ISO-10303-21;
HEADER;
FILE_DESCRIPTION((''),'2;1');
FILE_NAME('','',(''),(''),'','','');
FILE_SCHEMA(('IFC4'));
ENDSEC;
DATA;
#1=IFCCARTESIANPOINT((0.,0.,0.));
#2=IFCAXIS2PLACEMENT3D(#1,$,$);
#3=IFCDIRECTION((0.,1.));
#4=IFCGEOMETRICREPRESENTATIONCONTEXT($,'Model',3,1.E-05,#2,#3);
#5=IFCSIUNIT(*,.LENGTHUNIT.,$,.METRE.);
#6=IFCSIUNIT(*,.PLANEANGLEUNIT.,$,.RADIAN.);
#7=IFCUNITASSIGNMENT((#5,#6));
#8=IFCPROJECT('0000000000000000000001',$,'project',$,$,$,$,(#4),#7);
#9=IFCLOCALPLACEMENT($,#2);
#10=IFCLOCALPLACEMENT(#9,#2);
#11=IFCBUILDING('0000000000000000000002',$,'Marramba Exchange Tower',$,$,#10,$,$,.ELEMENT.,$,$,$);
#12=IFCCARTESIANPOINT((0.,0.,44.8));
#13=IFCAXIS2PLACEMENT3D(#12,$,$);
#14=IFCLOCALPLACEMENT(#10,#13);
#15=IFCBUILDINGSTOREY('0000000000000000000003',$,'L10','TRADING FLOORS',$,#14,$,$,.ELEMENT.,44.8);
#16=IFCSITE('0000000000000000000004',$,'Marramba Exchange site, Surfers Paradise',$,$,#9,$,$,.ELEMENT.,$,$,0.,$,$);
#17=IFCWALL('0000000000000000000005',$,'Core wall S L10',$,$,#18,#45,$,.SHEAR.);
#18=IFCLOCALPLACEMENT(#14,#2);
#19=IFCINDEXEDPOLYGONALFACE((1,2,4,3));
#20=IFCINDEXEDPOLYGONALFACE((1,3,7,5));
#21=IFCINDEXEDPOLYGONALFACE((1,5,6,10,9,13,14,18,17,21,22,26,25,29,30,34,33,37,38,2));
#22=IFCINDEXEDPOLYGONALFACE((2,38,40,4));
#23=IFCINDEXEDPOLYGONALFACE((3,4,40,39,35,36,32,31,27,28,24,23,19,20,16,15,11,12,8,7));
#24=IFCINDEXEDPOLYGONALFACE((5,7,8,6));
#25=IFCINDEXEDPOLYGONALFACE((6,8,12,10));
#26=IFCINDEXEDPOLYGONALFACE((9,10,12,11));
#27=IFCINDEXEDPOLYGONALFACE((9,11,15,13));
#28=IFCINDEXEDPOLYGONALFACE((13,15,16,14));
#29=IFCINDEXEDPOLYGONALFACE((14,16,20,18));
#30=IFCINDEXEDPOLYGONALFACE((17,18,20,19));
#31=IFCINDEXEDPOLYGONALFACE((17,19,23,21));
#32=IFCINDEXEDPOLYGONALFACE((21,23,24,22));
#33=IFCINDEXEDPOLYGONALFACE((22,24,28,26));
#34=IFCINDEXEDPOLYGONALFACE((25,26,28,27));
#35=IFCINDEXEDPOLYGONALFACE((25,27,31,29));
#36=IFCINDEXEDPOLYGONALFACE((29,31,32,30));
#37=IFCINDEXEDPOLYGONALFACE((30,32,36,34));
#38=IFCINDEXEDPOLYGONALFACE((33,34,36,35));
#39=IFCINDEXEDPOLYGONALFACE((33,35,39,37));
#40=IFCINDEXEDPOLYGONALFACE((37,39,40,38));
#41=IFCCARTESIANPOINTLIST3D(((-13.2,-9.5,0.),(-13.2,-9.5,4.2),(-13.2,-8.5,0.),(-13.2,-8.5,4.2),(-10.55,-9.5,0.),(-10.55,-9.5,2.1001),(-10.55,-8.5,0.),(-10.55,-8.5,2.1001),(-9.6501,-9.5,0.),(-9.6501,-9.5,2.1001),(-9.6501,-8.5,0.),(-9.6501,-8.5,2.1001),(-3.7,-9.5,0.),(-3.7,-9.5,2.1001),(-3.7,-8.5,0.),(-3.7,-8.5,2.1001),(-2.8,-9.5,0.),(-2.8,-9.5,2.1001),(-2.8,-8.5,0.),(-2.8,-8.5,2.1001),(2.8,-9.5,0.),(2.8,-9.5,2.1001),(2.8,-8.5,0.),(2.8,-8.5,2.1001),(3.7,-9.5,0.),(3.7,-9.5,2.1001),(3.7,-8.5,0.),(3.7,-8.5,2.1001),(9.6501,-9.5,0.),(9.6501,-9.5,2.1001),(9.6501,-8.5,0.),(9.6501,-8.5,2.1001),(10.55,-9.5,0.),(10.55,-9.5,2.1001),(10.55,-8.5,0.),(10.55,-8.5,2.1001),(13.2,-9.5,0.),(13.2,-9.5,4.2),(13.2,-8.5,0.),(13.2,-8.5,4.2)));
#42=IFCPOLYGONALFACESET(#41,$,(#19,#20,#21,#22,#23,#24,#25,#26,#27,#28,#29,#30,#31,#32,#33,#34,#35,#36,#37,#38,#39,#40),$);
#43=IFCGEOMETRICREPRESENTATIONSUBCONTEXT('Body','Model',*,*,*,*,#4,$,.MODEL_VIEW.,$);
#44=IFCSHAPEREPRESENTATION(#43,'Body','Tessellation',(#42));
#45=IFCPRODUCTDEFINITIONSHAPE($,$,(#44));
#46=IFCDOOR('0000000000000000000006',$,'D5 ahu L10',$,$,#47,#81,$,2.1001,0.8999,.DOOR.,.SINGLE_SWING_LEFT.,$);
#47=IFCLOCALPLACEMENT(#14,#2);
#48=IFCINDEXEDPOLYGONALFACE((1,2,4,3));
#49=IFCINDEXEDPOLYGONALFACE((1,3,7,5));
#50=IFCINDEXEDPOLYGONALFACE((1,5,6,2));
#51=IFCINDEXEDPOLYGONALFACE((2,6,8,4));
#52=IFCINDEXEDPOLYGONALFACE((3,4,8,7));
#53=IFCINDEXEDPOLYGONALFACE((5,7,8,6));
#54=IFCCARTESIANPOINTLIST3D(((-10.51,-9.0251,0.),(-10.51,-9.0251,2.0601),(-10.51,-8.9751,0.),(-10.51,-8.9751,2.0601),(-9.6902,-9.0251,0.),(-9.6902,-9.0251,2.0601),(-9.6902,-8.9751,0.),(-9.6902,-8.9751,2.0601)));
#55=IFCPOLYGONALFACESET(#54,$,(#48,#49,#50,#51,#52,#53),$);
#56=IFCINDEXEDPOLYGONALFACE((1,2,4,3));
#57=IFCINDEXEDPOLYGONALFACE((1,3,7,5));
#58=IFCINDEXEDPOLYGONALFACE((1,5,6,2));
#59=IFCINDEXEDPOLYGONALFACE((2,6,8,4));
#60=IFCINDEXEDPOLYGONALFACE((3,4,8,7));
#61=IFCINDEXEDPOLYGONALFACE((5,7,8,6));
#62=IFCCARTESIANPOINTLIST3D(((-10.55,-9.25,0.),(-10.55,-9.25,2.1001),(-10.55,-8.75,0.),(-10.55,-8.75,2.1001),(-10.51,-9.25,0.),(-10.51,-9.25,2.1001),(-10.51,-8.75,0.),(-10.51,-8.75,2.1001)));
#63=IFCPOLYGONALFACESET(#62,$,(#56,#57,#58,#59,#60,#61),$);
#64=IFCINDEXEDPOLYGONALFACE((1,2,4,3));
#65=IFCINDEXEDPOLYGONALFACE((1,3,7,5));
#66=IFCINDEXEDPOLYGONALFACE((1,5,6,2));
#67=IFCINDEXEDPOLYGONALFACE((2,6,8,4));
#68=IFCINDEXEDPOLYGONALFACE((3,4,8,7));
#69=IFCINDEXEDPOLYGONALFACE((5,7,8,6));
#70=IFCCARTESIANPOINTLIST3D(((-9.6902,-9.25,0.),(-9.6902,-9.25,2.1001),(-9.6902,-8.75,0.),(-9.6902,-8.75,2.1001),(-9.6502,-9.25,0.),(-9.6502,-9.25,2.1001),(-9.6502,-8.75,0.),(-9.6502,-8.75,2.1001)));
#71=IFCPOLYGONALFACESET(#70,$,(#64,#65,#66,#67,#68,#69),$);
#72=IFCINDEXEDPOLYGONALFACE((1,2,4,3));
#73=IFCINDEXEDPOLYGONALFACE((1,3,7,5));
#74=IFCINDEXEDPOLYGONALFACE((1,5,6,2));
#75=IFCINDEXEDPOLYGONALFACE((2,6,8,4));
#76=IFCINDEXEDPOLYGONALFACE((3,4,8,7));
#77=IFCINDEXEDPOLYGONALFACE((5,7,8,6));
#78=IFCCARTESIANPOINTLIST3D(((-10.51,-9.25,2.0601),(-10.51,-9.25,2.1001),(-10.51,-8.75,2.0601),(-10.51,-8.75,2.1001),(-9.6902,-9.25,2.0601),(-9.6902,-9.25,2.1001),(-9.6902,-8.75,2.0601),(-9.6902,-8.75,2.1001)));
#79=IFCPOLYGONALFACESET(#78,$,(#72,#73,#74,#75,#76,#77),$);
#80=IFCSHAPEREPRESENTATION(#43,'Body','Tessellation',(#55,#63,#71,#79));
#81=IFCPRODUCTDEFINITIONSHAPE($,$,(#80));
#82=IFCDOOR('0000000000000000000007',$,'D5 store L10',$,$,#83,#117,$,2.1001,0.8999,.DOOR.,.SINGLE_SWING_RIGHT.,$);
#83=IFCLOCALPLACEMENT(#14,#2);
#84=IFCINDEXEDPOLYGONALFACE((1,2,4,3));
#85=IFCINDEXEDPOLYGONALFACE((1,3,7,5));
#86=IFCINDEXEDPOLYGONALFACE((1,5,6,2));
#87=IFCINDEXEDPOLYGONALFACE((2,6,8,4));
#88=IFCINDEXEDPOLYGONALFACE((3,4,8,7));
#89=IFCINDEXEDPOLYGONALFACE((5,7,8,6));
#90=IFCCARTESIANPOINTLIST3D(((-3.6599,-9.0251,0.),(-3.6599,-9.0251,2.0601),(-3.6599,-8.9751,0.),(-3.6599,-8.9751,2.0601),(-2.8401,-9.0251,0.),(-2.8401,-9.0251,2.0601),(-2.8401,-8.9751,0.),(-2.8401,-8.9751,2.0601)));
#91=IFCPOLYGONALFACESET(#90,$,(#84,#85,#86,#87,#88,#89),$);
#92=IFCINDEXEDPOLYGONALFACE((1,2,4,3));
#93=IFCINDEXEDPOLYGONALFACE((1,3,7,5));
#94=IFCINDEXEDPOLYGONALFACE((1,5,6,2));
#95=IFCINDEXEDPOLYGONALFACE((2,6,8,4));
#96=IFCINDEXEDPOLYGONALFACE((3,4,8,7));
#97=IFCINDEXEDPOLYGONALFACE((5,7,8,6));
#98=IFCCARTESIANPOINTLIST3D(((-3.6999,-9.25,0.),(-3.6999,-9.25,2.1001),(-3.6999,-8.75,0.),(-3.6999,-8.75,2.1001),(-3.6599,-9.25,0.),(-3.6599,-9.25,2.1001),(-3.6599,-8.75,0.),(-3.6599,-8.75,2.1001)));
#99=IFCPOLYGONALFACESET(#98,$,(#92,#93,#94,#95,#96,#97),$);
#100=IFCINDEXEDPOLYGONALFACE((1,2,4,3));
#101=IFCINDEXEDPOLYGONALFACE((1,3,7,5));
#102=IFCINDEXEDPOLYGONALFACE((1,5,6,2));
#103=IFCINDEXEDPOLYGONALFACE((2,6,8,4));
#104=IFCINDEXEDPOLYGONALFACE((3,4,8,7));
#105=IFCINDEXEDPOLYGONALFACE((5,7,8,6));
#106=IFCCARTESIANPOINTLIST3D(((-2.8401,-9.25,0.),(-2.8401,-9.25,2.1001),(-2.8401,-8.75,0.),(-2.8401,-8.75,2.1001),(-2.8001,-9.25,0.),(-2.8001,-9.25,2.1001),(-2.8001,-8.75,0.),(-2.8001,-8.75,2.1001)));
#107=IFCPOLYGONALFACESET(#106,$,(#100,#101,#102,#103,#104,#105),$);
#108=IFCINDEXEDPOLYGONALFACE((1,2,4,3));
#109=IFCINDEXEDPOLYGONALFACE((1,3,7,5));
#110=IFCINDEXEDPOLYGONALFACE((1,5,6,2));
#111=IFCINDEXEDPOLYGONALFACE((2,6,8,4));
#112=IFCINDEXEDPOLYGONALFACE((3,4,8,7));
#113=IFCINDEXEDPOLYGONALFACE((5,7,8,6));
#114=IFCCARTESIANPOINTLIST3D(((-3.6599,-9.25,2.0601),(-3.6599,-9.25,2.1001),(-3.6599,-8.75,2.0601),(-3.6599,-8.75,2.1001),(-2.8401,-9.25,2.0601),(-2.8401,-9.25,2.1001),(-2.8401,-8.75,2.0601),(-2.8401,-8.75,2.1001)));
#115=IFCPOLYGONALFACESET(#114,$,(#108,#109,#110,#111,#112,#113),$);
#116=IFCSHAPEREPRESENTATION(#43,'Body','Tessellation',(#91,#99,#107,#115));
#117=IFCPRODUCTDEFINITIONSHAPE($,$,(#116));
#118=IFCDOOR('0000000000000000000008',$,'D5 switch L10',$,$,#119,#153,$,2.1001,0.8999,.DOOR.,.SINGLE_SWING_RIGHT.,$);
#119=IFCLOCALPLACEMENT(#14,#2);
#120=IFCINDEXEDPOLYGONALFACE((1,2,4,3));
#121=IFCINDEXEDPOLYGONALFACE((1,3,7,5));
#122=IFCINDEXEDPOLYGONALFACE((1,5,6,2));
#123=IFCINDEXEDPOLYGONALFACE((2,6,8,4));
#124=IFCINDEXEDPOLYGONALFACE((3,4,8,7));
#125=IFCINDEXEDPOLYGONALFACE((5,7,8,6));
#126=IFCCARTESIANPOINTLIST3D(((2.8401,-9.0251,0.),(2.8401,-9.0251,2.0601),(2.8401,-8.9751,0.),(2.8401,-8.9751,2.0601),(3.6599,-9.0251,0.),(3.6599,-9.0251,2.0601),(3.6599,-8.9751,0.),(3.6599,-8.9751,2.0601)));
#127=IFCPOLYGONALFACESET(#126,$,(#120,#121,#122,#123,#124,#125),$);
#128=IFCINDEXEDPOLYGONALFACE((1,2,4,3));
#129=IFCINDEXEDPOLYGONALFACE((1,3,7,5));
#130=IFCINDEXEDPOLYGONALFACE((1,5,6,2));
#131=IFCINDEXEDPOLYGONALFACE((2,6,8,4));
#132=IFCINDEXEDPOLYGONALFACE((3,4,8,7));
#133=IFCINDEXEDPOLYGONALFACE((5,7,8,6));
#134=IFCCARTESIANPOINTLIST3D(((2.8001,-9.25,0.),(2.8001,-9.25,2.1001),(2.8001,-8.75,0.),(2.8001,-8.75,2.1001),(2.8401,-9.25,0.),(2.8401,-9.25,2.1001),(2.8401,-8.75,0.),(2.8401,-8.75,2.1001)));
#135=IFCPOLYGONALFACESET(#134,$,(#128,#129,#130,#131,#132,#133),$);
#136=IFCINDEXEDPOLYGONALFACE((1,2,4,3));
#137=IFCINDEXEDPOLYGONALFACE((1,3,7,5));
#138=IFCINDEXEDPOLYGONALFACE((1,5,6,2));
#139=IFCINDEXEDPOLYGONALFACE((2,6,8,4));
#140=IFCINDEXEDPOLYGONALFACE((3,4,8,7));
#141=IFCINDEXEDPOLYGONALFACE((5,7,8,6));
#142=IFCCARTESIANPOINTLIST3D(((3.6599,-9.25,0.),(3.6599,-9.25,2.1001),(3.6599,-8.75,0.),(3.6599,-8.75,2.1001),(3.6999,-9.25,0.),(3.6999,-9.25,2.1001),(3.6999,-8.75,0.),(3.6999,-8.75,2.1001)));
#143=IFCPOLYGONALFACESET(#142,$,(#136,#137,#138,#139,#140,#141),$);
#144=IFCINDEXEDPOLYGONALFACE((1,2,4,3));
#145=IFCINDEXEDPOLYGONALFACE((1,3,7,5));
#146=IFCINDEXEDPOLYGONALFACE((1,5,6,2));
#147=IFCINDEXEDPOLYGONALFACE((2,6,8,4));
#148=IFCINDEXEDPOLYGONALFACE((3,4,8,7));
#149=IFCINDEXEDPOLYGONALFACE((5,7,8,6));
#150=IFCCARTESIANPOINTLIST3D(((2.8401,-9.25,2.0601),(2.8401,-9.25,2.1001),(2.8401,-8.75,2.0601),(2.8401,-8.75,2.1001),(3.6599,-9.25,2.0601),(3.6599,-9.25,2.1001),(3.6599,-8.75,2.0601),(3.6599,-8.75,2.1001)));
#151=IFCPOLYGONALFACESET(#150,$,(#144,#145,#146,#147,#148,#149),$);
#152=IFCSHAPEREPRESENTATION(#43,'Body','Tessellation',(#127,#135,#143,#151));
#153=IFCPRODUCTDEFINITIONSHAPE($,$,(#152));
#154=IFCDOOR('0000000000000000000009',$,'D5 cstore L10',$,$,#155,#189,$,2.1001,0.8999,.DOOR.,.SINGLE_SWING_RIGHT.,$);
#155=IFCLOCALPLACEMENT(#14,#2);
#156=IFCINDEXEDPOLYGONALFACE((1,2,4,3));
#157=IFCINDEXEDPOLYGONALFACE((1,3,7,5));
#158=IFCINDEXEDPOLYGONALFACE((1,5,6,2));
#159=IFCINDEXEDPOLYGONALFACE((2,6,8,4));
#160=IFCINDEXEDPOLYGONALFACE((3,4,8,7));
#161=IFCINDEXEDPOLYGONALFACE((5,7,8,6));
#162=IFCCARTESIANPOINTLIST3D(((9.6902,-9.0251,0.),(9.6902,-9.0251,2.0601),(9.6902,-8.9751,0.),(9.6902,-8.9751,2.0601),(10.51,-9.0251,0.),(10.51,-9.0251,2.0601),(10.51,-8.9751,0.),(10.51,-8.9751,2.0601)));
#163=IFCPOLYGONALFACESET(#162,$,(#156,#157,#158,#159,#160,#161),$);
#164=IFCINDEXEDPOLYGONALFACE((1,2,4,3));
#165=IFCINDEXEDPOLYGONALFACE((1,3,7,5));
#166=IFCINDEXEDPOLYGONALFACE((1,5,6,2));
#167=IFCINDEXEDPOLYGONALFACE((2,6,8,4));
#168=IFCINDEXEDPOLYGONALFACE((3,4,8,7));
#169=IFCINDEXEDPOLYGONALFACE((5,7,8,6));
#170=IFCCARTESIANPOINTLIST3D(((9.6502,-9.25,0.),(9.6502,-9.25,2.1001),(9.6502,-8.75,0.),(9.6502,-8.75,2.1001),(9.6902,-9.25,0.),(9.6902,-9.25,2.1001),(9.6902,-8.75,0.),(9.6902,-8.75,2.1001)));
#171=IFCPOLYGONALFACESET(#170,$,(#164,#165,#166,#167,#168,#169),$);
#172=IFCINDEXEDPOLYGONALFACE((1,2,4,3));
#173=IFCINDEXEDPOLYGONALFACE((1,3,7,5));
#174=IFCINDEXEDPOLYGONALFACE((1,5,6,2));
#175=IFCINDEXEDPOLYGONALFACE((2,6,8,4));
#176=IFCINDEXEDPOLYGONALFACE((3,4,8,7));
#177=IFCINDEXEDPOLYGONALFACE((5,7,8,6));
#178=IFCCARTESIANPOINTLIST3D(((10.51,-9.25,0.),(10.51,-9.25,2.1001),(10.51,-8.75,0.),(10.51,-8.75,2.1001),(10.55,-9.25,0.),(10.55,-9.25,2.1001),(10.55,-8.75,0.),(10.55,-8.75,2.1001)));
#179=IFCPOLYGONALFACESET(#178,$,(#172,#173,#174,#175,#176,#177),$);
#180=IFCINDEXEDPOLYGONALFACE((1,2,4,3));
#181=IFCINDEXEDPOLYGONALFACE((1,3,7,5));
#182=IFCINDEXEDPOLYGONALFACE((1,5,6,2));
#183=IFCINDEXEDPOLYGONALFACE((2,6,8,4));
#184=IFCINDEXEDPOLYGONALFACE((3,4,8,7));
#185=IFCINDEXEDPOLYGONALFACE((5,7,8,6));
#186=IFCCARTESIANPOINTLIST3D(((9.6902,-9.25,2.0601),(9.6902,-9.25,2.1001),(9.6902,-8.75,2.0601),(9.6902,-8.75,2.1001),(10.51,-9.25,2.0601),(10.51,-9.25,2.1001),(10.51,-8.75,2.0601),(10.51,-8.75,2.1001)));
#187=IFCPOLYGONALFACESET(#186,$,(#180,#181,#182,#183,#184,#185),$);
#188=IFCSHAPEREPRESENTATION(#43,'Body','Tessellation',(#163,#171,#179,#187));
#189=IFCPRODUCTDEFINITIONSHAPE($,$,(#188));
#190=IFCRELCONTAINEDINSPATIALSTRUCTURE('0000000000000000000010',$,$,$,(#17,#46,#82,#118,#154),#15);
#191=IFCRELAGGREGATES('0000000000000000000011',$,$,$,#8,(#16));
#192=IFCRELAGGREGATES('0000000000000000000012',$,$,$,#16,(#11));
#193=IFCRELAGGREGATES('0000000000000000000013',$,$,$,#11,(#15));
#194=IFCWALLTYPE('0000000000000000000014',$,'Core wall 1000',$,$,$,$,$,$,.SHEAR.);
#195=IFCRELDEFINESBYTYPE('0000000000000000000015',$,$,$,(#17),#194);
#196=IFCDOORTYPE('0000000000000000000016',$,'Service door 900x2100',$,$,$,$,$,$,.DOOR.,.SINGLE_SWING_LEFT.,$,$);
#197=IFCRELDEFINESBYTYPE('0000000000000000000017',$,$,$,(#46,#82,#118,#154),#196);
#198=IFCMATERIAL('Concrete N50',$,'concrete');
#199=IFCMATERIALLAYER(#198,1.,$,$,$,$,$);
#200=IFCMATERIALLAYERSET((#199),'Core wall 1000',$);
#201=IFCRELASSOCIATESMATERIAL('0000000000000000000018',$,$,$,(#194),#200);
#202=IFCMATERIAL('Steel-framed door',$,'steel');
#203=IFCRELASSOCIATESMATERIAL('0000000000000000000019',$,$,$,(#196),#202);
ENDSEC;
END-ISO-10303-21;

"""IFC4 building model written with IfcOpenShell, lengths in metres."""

from ifc_helpers import new_model, si_unit, direction, frame, frame_2d, origin, place, context, subcontext, project, spatial, rectangle, extrude, material, layer, layer_set, type_object, element, fill, save


model = new_model("IFC4")

# Units and contexts
model_context = context("Model", 3, precision=1e-05, world=origin(), true_north=direction((0.0, 1.0)))
body_context = subcontext(model_context, "Body", "Model", "MODEL_VIEW")
ifc_project = project(units=[si_unit("LENGTHUNIT", "METRE"), si_unit("PLANEANGLEUNIT", "RADIAN")], contexts=[model_context])

# Site, building, storey
site_placement = place(None, origin())
site = spatial("IfcSite", under=ifc_project, at=site_placement, Name="Marramba Exchange site, Surfers Paradise", CompositionType="ELEMENT", RefElevation=0.0)
building_placement = place(site_placement, origin())
building = spatial("IfcBuilding", under=site, at=building_placement, Name="Marramba Exchange Tower", CompositionType="ELEMENT")
storey_placement = place(building_placement, frame((0.0, 0.0, 44.8)))
storey = spatial("IfcBuildingStorey", under=building, at=storey_placement, Name="L10", Description="TRADING FLOORS", CompositionType="ELEMENT", Elevation=44.8)

# Shared definitions
ifc_material_1 = material(Name="Concrete N50", Category="concrete")

# Wall, openings, doors
ifc_layer_1 = layer(ifc_material_1, 1.0)
ifc_layer_set_1 = layer_set([ifc_layer_1], Name="Core wall 1000")
wall_type_1 = type_object("IfcWallType", Name="Core wall 1000", PredefinedType="SHEAR", material=ifc_layer_set_1)
wall_1_placement = place(storey_placement, frame((-13.2, -9.0, 0.0), z_axis=(0.0, 0.0, 1.0), x_axis=(1.0, 0.0, 0.0)))
wall_1 = element("IfcWall", 1, at=wall_1_placement, inside=storey, type_object=wall_type_1, Name="Core wall S L10", PredefinedType="SHEAR", context=body_context, shape_type="SweptSolid", body=[
    extrude(rectangle(XDim=26.3999, YDim=1.0, at=frame_2d((13.2, 0.0))), origin(), (0.0, 0.0, 1.0), 4.2),
])
opening_1_placement = place(wall_1_placement, frame((2.6499, 0.0, 0.0)))
opening_1 = element("IfcOpeningElement", 2, at=opening_1_placement, cuts=wall_1, PredefinedType="OPENING", context=body_context, shape_type="SweptSolid", body=[
    extrude(rectangle(XDim=0.8999, YDim=2.1001, at=frame_2d((0.45, 1.05))), frame((0.0, 0.51, 0.0), z_axis=(0.0, -1.0, 0.0), x_axis=(1.0, 0.0, 0.0)), (0.0, 0.0, 1.0), 1.02),
])
opening_2_placement = place(wall_1_placement, frame((9.5, 0.0, 0.0)))
opening_2 = element("IfcOpeningElement", 3, at=opening_2_placement, cuts=wall_1, PredefinedType="OPENING", context=body_context, shape_type="SweptSolid", body=[
    extrude(rectangle(XDim=0.8999, YDim=2.1001, at=frame_2d((0.45, 1.05))), frame((0.0, 0.51, 0.0), z_axis=(0.0, -1.0, 0.0), x_axis=(1.0, 0.0, 0.0)), (0.0, 0.0, 1.0), 1.02),
])
opening_3_placement = place(wall_1_placement, frame((16.0, 0.0, 0.0)))
opening_3 = element("IfcOpeningElement", 4, at=opening_3_placement, cuts=wall_1, PredefinedType="OPENING", context=body_context, shape_type="SweptSolid", body=[
    extrude(rectangle(XDim=0.8999, YDim=2.1001, at=frame_2d((0.45, 1.05))), frame((0.0, 0.51, 0.0), z_axis=(0.0, -1.0, 0.0), x_axis=(1.0, 0.0, 0.0)), (0.0, 0.0, 1.0), 1.02),
])
opening_4_placement = place(wall_1_placement, frame((22.8501, 0.0, 0.0)))
opening_4 = element("IfcOpeningElement", 5, at=opening_4_placement, cuts=wall_1, PredefinedType="OPENING", context=body_context, shape_type="SweptSolid", body=[
    extrude(rectangle(XDim=0.8999, YDim=2.1001, at=frame_2d((0.45, 1.05))), frame((0.0, 0.51, 0.0), z_axis=(0.0, -1.0, 0.0), x_axis=(1.0, 0.0, 0.0)), (0.0, 0.0, 1.0), 1.02),
])
ifc_material_2 = material(Name="Steel-framed door", Category="steel")
door_type = type_object("IfcDoorType", Name="Service door 900x2100", OperationType="SINGLE_SWING_LEFT", PredefinedType="DOOR", material=ifc_material_2)
door_1_placement = place(opening_1_placement, origin())
door_1 = element("IfcDoor", 6, at=door_1_placement, inside=storey, type_object=door_type, Name="D5 ahu L10", OperationType="SINGLE_SWING_LEFT", OverallHeight=2.1001, OverallWidth=0.8999, PredefinedType="DOOR", context=body_context, shape_type="SweptSolid", body=[
    extrude(rectangle(XDim=0.8198, YDim=2.0601, at=frame_2d((0.45, 1.03))), frame((0.0, 0.0249, 0.0), z_axis=(0.0, -1.0, 0.0), x_axis=(1.0, 0.0, 0.0)), (0.0, 0.0, 1.0), 0.05),
    extrude(rectangle(XDim=0.04, YDim=2.1001, at=frame_2d((0.02, 1.05))), frame((0.0, 0.25, 0.0), z_axis=(0.0, -1.0, 0.0), x_axis=(1.0, 0.0, 0.0)), (0.0, 0.0, 1.0), 0.5),
    extrude(rectangle(XDim=0.04, YDim=2.1001, at=frame_2d((0.8799, 1.05))), frame((0.0, 0.25, 0.0), z_axis=(0.0, -1.0, 0.0), x_axis=(1.0, 0.0, 0.0)), (0.0, 0.0, 1.0), 0.5),
    extrude(rectangle(XDim=0.8198, YDim=0.04, at=frame_2d((0.45, 2.0801))), frame((0.0, 0.25, 0.0), z_axis=(0.0, -1.0, 0.0), x_axis=(1.0, 0.0, 0.0)), (0.0, 0.0, 1.0), 0.5),
])
fill(opening_1, door_1)
door_2_placement = place(opening_2_placement, origin())
door_2 = element("IfcDoor", 7, at=door_2_placement, inside=storey, type_object=door_type, Name="D5 store L10", OperationType="SINGLE_SWING_RIGHT", OverallHeight=2.1001, OverallWidth=0.8999, PredefinedType="DOOR", context=body_context, shape_type="SweptSolid", body=[
    extrude(rectangle(XDim=0.8198, YDim=2.0601, at=frame_2d((0.45, 1.03))), frame((0.0, 0.0249, 0.0), z_axis=(0.0, -1.0, 0.0), x_axis=(1.0, 0.0, 0.0)), (0.0, 0.0, 1.0), 0.05),
    extrude(rectangle(XDim=0.04, YDim=2.1001, at=frame_2d((0.02, 1.05))), frame((0.0, 0.25, 0.0), z_axis=(0.0, -1.0, 0.0), x_axis=(1.0, 0.0, 0.0)), (0.0, 0.0, 1.0), 0.5),
    extrude(rectangle(XDim=0.04, YDim=2.1001, at=frame_2d((0.8799, 1.05))), frame((0.0, 0.25, 0.0), z_axis=(0.0, -1.0, 0.0), x_axis=(1.0, 0.0, 0.0)), (0.0, 0.0, 1.0), 0.5),
    extrude(rectangle(XDim=0.8198, YDim=0.04, at=frame_2d((0.45, 2.0801))), frame((0.0, 0.25, 0.0), z_axis=(0.0, -1.0, 0.0), x_axis=(1.0, 0.0, 0.0)), (0.0, 0.0, 1.0), 0.5),
])
fill(opening_2, door_2)
door_3_placement = place(opening_3_placement, origin())
door_3 = element("IfcDoor", 8, at=door_3_placement, inside=storey, type_object=door_type, Name="D5 switch L10", OperationType="SINGLE_SWING_RIGHT", OverallHeight=2.1001, OverallWidth=0.8999, PredefinedType="DOOR", context=body_context, shape_type="SweptSolid", body=[
    extrude(rectangle(XDim=0.8198, YDim=2.0601, at=frame_2d((0.45, 1.03))), frame((0.0, 0.0249, 0.0), z_axis=(0.0, -1.0, 0.0), x_axis=(1.0, 0.0, 0.0)), (0.0, 0.0, 1.0), 0.05),
    extrude(rectangle(XDim=0.04, YDim=2.1001, at=frame_2d((0.02, 1.05))), frame((0.0, 0.25, 0.0), z_axis=(0.0, -1.0, 0.0), x_axis=(1.0, 0.0, 0.0)), (0.0, 0.0, 1.0), 0.5),
    extrude(rectangle(XDim=0.04, YDim=2.1001, at=frame_2d((0.8799, 1.05))), frame((0.0, 0.25, 0.0), z_axis=(0.0, -1.0, 0.0), x_axis=(1.0, 0.0, 0.0)), (0.0, 0.0, 1.0), 0.5),
    extrude(rectangle(XDim=0.8198, YDim=0.04, at=frame_2d((0.45, 2.0801))), frame((0.0, 0.25, 0.0), z_axis=(0.0, -1.0, 0.0), x_axis=(1.0, 0.0, 0.0)), (0.0, 0.0, 1.0), 0.5),
])
fill(opening_3, door_3)
door_4_placement = place(opening_4_placement, origin())
door_4 = element("IfcDoor", 9, at=door_4_placement, inside=storey, type_object=door_type, Name="D5 cstore L10", OperationType="SINGLE_SWING_RIGHT", OverallHeight=2.1001, OverallWidth=0.8999, PredefinedType="DOOR", context=body_context, shape_type="SweptSolid", body=[
    extrude(rectangle(XDim=0.8198, YDim=2.0601, at=frame_2d((0.45, 1.03))), frame((0.0, 0.0249, 0.0), z_axis=(0.0, -1.0, 0.0), x_axis=(1.0, 0.0, 0.0)), (0.0, 0.0, 1.0), 0.05),
    extrude(rectangle(XDim=0.04, YDim=2.1001, at=frame_2d((0.02, 1.05))), frame((0.0, 0.25, 0.0), z_axis=(0.0, -1.0, 0.0), x_axis=(1.0, 0.0, 0.0)), (0.0, 0.0, 1.0), 0.5),
    extrude(rectangle(XDim=0.04, YDim=2.1001, at=frame_2d((0.8799, 1.05))), frame((0.0, 0.25, 0.0), z_axis=(0.0, -1.0, 0.0), x_axis=(1.0, 0.0, 0.0)), (0.0, 0.0, 1.0), 0.5),
    extrude(rectangle(XDim=0.8198, YDim=0.04, at=frame_2d((0.45, 2.0801))), frame((0.0, 0.25, 0.0), z_axis=(0.0, -1.0, 0.0), x_axis=(1.0, 0.0, 0.0)), (0.0, 0.0, 1.0), 0.5),
])
fill(opening_4, door_4)

save(model, "model.ifc")
